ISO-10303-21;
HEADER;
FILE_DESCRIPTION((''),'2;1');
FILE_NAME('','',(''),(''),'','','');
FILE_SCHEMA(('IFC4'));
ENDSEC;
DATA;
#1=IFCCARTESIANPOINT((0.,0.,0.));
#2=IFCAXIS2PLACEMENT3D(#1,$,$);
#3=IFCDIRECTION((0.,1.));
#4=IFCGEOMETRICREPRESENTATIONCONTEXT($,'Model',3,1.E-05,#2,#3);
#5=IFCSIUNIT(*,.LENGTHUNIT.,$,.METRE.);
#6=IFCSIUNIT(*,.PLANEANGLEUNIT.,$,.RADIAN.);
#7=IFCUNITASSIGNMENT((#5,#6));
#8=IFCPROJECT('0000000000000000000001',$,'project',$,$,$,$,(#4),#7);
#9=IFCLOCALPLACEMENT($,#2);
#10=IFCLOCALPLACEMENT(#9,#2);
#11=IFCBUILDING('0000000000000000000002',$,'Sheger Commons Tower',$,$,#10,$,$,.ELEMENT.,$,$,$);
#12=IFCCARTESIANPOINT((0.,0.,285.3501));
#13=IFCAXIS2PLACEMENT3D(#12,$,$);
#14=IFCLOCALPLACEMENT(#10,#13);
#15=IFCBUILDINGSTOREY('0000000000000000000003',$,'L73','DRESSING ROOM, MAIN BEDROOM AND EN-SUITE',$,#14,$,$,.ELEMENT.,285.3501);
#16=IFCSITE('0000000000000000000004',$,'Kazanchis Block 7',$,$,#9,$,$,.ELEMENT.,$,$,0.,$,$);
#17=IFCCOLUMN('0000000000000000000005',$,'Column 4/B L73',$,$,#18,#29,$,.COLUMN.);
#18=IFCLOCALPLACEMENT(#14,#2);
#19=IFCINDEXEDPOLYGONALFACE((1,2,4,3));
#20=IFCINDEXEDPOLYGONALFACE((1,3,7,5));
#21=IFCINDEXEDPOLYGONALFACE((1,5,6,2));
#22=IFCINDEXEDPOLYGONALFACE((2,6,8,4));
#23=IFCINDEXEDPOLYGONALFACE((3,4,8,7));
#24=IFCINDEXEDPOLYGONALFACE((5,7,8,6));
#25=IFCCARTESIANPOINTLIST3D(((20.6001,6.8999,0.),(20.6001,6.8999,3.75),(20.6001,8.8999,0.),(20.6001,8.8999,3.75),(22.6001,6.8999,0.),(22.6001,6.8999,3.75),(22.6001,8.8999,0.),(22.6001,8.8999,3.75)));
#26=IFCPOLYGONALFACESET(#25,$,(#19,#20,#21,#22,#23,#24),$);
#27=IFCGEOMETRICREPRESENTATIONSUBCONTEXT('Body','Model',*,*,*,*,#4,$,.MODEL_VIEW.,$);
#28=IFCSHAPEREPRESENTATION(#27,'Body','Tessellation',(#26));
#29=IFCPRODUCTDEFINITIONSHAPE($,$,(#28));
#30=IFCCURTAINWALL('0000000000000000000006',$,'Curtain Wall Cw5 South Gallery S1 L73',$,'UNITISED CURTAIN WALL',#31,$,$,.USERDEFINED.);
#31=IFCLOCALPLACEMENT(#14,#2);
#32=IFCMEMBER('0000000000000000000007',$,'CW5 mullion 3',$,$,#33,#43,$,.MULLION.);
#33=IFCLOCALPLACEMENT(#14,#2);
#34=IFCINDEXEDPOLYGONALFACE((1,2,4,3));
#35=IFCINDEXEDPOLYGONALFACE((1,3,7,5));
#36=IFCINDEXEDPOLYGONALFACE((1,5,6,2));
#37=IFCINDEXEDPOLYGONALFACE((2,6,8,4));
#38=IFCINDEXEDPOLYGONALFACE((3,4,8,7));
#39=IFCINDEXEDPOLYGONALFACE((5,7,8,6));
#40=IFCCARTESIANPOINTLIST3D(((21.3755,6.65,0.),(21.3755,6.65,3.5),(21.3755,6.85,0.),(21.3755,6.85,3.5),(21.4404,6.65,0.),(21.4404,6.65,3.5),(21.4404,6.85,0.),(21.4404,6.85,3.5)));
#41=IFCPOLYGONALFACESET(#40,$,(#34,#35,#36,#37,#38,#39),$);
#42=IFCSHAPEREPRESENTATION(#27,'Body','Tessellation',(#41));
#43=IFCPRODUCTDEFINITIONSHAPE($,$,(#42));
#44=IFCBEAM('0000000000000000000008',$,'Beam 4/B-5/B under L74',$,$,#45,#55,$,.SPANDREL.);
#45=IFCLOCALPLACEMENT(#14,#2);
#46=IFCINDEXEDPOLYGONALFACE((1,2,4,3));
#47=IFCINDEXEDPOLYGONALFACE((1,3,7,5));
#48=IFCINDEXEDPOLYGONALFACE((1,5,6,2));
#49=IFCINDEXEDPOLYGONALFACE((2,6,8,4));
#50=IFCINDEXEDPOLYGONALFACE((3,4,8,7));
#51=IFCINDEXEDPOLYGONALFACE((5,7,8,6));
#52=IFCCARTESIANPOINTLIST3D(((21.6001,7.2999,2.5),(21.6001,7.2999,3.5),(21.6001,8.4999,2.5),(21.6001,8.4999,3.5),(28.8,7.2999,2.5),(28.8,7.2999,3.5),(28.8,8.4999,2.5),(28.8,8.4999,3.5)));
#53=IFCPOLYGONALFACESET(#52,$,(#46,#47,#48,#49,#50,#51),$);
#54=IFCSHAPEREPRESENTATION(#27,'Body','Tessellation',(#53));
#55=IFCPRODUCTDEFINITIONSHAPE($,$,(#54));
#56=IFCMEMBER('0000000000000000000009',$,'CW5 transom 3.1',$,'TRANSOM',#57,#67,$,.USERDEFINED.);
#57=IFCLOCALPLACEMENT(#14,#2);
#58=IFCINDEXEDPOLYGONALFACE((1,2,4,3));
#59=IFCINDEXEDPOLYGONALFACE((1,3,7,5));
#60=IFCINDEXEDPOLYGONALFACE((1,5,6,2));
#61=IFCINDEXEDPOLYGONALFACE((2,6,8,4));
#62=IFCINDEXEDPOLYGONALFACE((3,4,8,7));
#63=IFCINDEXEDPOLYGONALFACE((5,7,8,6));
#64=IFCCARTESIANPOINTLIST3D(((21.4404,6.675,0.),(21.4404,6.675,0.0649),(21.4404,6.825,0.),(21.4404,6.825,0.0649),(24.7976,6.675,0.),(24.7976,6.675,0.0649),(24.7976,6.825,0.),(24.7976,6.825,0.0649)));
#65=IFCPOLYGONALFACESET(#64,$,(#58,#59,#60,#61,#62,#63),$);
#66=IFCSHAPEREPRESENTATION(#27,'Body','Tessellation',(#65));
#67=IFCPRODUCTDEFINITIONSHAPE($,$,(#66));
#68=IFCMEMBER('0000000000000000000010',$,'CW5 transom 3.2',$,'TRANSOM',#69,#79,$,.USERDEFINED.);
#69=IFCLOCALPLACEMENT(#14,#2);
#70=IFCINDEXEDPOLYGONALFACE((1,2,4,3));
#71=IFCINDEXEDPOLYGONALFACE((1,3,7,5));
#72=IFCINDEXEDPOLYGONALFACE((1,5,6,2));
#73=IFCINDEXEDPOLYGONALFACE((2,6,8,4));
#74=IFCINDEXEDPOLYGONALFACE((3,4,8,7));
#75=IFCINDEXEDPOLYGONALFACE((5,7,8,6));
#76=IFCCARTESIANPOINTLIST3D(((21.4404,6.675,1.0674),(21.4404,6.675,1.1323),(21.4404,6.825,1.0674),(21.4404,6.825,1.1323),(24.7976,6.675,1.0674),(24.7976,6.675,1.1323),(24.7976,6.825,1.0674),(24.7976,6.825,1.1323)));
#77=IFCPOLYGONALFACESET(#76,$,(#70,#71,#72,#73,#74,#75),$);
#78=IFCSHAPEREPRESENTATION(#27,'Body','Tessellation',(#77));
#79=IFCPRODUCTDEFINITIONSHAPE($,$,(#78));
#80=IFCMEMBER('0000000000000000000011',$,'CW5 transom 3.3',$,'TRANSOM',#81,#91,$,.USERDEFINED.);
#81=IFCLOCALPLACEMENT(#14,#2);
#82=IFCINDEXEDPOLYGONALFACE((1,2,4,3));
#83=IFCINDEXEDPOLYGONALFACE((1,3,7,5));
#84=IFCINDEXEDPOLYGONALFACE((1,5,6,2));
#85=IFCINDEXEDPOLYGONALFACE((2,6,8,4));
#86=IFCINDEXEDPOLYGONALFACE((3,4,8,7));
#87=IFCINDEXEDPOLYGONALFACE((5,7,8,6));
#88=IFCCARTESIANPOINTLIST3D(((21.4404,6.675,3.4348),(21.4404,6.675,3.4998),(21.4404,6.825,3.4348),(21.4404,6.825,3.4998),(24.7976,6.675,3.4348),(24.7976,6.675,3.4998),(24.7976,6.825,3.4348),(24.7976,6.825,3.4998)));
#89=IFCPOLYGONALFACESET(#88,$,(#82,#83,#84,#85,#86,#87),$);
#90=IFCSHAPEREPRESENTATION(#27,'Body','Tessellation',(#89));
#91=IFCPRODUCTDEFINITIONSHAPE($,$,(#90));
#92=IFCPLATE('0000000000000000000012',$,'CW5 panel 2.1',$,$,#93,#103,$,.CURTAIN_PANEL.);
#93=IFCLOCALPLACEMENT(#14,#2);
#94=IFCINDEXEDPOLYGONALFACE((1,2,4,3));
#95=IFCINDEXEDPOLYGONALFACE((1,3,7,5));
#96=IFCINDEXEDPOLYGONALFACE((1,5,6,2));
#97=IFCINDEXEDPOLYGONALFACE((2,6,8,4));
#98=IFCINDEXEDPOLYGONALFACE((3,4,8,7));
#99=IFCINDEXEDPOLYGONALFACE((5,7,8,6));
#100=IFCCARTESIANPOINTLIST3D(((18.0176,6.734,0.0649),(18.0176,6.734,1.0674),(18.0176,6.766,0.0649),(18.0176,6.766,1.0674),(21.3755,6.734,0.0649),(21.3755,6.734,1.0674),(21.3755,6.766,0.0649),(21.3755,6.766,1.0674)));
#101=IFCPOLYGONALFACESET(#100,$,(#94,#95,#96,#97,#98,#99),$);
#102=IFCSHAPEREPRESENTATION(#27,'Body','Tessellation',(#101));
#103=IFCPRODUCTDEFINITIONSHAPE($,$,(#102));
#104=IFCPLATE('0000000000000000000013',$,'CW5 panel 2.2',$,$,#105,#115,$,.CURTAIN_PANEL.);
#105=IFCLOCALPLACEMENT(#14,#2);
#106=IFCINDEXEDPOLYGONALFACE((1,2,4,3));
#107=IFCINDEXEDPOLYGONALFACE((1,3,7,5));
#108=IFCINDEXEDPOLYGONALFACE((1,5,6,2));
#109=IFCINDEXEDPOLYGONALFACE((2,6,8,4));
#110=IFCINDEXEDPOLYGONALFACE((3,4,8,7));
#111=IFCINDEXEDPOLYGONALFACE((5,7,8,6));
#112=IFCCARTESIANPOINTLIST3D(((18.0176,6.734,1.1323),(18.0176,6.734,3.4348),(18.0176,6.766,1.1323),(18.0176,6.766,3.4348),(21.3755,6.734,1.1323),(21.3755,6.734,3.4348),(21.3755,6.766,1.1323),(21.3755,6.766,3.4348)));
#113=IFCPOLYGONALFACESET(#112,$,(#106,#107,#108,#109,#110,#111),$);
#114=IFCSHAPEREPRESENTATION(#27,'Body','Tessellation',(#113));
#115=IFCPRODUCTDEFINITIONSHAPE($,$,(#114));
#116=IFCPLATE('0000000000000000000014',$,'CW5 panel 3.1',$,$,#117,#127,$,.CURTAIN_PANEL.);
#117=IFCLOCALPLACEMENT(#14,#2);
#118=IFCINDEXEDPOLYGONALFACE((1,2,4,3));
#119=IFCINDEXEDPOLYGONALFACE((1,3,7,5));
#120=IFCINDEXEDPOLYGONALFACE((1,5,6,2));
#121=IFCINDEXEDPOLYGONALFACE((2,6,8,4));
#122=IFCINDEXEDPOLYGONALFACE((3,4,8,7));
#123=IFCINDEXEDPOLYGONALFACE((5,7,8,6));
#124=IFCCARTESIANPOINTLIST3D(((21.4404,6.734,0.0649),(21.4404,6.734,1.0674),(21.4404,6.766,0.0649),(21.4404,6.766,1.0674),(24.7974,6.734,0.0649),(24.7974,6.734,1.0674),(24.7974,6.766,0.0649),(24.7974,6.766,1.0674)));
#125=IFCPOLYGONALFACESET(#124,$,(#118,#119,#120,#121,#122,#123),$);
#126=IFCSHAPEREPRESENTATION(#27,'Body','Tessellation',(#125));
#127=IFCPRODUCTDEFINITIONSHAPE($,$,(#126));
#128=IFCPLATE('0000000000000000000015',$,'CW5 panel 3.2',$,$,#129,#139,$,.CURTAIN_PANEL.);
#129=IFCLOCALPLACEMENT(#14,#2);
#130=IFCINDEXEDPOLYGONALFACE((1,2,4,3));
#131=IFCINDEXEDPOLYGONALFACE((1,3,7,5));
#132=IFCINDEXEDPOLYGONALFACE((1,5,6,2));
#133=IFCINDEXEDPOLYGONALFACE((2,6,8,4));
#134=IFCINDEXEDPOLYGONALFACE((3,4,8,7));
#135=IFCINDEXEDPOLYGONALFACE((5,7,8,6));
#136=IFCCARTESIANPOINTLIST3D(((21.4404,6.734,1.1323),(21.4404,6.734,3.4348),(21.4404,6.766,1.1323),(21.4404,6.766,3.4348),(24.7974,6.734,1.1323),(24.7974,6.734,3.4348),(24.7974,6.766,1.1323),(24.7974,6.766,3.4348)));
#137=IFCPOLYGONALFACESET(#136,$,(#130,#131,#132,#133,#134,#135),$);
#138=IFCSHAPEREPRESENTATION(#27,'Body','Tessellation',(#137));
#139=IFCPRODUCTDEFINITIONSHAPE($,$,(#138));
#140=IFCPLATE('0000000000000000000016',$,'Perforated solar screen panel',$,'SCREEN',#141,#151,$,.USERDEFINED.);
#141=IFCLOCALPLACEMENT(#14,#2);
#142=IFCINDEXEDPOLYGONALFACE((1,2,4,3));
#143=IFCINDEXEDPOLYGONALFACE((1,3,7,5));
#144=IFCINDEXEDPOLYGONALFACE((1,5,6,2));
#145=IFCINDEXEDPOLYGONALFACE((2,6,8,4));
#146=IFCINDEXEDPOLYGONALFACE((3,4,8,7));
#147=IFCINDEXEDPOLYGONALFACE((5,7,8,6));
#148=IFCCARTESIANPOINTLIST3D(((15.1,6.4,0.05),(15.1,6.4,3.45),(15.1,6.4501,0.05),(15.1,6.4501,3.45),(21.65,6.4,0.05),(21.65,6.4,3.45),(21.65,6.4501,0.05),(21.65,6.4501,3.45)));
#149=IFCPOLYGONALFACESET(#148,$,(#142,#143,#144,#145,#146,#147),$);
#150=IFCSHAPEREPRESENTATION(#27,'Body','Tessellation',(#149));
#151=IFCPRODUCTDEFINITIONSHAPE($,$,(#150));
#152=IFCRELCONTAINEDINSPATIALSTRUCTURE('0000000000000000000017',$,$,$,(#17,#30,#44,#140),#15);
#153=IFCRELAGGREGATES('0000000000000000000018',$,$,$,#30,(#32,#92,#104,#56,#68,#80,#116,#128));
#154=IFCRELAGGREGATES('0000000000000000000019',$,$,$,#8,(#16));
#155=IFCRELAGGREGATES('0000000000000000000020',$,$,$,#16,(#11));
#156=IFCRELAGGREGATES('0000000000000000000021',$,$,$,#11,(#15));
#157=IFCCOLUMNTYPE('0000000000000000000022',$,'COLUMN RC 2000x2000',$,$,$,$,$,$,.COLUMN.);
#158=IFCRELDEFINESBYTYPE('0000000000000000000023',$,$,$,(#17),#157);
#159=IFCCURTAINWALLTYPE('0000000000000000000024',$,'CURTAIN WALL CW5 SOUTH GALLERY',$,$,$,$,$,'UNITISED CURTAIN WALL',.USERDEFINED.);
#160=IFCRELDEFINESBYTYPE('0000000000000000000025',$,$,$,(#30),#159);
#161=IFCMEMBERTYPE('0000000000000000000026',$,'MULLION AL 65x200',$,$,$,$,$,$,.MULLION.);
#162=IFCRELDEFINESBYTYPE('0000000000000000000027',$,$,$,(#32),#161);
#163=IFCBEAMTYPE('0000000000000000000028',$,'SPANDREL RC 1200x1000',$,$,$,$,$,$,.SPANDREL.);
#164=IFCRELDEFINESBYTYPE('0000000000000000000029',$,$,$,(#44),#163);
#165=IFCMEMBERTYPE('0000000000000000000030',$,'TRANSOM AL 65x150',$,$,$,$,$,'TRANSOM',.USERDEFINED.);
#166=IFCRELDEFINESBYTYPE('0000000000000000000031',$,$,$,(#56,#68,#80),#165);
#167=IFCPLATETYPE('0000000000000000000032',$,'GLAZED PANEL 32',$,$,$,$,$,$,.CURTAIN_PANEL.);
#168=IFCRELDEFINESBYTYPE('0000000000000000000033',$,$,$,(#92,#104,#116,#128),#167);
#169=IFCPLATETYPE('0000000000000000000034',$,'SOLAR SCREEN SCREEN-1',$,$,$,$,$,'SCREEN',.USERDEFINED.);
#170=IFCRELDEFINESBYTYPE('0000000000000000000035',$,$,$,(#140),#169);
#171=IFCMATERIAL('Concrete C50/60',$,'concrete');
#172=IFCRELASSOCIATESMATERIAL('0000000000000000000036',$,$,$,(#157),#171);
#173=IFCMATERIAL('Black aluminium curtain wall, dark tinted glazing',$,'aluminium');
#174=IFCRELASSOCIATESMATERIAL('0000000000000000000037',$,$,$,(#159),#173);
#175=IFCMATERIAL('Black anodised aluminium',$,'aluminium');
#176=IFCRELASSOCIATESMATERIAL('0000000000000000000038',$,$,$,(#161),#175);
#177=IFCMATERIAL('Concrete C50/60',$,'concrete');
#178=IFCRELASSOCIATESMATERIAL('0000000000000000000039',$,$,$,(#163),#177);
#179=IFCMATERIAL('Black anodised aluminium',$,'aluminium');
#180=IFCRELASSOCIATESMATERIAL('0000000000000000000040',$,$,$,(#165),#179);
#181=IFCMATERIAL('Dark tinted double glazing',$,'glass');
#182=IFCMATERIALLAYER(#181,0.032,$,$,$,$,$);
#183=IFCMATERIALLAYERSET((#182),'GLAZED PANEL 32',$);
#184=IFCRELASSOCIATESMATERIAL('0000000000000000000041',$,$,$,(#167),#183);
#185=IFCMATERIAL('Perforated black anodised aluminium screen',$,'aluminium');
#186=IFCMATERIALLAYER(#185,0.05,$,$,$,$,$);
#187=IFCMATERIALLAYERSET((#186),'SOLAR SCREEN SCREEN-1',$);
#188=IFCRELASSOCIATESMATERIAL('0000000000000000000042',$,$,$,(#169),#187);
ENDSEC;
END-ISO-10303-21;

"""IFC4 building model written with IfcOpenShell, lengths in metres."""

from ifc_helpers import new_model, si_unit, direction, frame, origin, origin_2d, place, context, subcontext, project, spatial, rectangle, extrude, material, layer, layer_set, material_profile, profile_set, type_object, element, aggregate, save


model = new_model("IFC4")

# Units and contexts
model_context = context("Model", 3, precision=1e-05, world=origin(), true_north=direction((0.0, 1.0)))
body_context = subcontext(model_context, "Body", "Model", "MODEL_VIEW")
ifc_project = project(units=[si_unit("LENGTHUNIT", "METRE"), si_unit("PLANEANGLEUNIT", "RADIAN")], contexts=[model_context])

# Site, building, storey
site_placement = place(None, origin())
site = spatial("IfcSite", under=ifc_project, at=site_placement, Name="Kazanchis Block 7", CompositionType="ELEMENT", RefElevation=0.0)
building_placement = place(site_placement, origin())
building = spatial("IfcBuilding", under=site, at=building_placement, Name="Sheger Commons Tower", CompositionType="ELEMENT")
storey_placement = place(building_placement, frame((0.0, 0.0, 285.3501)))
storey = spatial("IfcBuildingStorey", under=building, at=storey_placement, Name="L73", Description="DRESSING ROOM, MAIN BEDROOM AND EN-SUITE", CompositionType="ELEMENT", Elevation=285.3501)

# Column
ifc_material_1 = material(Name="Concrete C50/60", Category="concrete")
ifc_material_profile_1 = material_profile(ifc_material_1, rectangle(XDim=2.0, YDim=2.0, at=origin_2d()), Name="RC 2000x2000")
ifc_profile_set_1 = profile_set([ifc_material_profile_1], Name="Concrete C50/60")
column_type = type_object("IfcColumnType", Name="COLUMN RC 2000x2000", PredefinedType="COLUMN", material=ifc_profile_set_1)
column_placement = place(storey_placement, frame((21.6001, 7.8999, 0.0), z_axis=(0.0, 0.0, 1.0), x_axis=(1.0, 0.0, 0.0)))
element("IfcColumn", 1, at=column_placement, inside=storey, type_object=column_type, Name="Column 4/B L73", PredefinedType="COLUMN", context=body_context, shape_type="SweptSolid", body=[
    extrude(rectangle(XDim=2.0, YDim=2.0, at=origin_2d()), origin(), (0.0, 0.0, 1.0), 3.75),
])

# Curtain wall, member
ifc_material_2 = material(Name="Black aluminium curtain wall, dark tinted glazing", Category="aluminium")
curtain_wall_type = type_object("IfcCurtainWallType", Name="CURTAIN WALL CW5 SOUTH GALLERY", ElementType="UNITISED CURTAIN WALL", PredefinedType="USERDEFINED", material=ifc_material_2)
curtain_wall_placement = place(storey_placement, origin())
curtain_wall = element("IfcCurtainWall", 2, at=curtain_wall_placement, inside=storey, type_object=curtain_wall_type, Name="Curtain Wall Cw5 South Gallery S1 L73", ObjectType="UNITISED CURTAIN WALL", PredefinedType="USERDEFINED")
ifc_material_3 = material(Name="Black anodised aluminium", Category="aluminium")
ifc_material_profile_2 = material_profile(ifc_material_3, rectangle(XDim=0.2, YDim=0.0649, at=origin_2d()), Name="AL 65x200")
ifc_profile_set_2 = profile_set([ifc_material_profile_2], Name="Black anodised aluminium")
member_type_1 = type_object("IfcMemberType", Name="MULLION AL 65x200", PredefinedType="MULLION", material=ifc_profile_set_2)
member_1_placement = place(storey_placement, frame((21.408, 6.75, 0.0), z_axis=(0.0, 0.0, 1.0), x_axis=(0.0, 1.0, 0.0)))
member_1 = element("IfcMember", 3, at=member_1_placement, type_object=member_type_1, Name="CW5 mullion 3", PredefinedType="MULLION", context=body_context, shape_type="SweptSolid", body=[
    extrude(rectangle(XDim=0.2, YDim=0.0649, at=origin_2d()), origin(), (0.0, 0.0, 1.0), 3.5),
])

# Beam
ifc_material_4 = material(Name="Concrete C50/60", Category="concrete")
ifc_material_profile_3 = material_profile(ifc_material_4, rectangle(XDim=1.2, YDim=1.0, at=origin_2d()), Name="RC 1200x1000")
ifc_profile_set_3 = profile_set([ifc_material_profile_3], Name="Concrete C50/60")
beam_type = type_object("IfcBeamType", Name="SPANDREL RC 1200x1000", PredefinedType="SPANDREL", material=ifc_profile_set_3)
beam_placement = place(storey_placement, frame((21.6001, 7.8999, 3.0), z_axis=(1.0, 0.0, 0.0), x_axis=(0.0, 1.0, 0.0)))
element("IfcBeam", 4, at=beam_placement, inside=storey, type_object=beam_type, Name="Beam 4/B-5/B under L74", PredefinedType="SPANDREL", context=body_context, shape_type="SweptSolid", body=[
    extrude(rectangle(XDim=1.2, YDim=1.0, at=origin_2d()), origin(), (0.0, 0.0, 1.0), 7.2),
])

# Members
ifc_material_5 = material(Name="Black anodised aluminium", Category="aluminium")
ifc_material_profile_4 = material_profile(ifc_material_5, rectangle(XDim=0.1499, YDim=0.0649, at=origin_2d()), Name="AL 65x150")
ifc_profile_set_4 = profile_set([ifc_material_profile_4], Name="Black anodised aluminium")
member_type_2 = type_object("IfcMemberType", Name="TRANSOM AL 65x150", ElementType="TRANSOM", PredefinedType="USERDEFINED", material=ifc_profile_set_4)
member_2_placement = place(storey_placement, frame((21.4404, 6.75, 0.0325), z_axis=(1.0, 0.0, 0.0), x_axis=(0.0, 1.0, 0.0)))
member_2 = element("IfcMember", 5, at=member_2_placement, type_object=member_type_2, Name="CW5 transom 3.1", ObjectType="TRANSOM", PredefinedType="USERDEFINED", context=body_context, shape_type="SweptSolid", body=[
    extrude(rectangle(XDim=0.1499, YDim=0.0649, at=origin_2d()), origin(), (0.0, 0.0, 1.0), 3.3572),
])
member_3_placement = place(storey_placement, frame((21.4404, 6.75, 1.0999), z_axis=(1.0, 0.0, 0.0), x_axis=(0.0, 1.0, 0.0)))
member_3 = element("IfcMember", 6, at=member_3_placement, type_object=member_type_2, Name="CW5 transom 3.2", ObjectType="TRANSOM", PredefinedType="USERDEFINED", context=body_context, shape_type="SweptSolid", body=[
    extrude(rectangle(XDim=0.1499, YDim=0.0649, at=origin_2d()), origin(), (0.0, 0.0, 1.0), 3.3572),
])
member_4_placement = place(storey_placement, frame((21.4404, 6.75, 3.4673), z_axis=(1.0, 0.0, 0.0), x_axis=(0.0, 1.0, 0.0)))
member_4 = element("IfcMember", 7, at=member_4_placement, type_object=member_type_2, Name="CW5 transom 3.3", ObjectType="TRANSOM", PredefinedType="USERDEFINED", context=body_context, shape_type="SweptSolid", body=[
    extrude(rectangle(XDim=0.1499, YDim=0.0649, at=origin_2d()), origin(), (0.0, 0.0, 1.0), 3.3572),
])

# Plates
ifc_material_6 = material(Name="Dark tinted double glazing", Category="glass")
ifc_layer_1 = layer(ifc_material_6, 0.032)
ifc_layer_set_1 = layer_set([ifc_layer_1], Name="GLAZED PANEL 32")
plate_type_1 = type_object("IfcPlateType", Name="GLAZED PANEL 32", PredefinedType="CURTAIN_PANEL", material=ifc_layer_set_1)
plate_1_placement = place(storey_placement, frame((19.6965, 6.75, 0.0649), z_axis=(0.0, 0.0, 1.0), x_axis=(1.0, 0.0, 0.0)))
plate_1 = element("IfcPlate", 8, at=plate_1_placement, type_object=plate_type_1, Name="CW5 panel 2.1", PredefinedType="CURTAIN_PANEL", context=body_context, shape_type="SweptSolid", body=[
    extrude(rectangle(XDim=3.3579, YDim=0.032, at=origin_2d()), origin(), (0.0, 0.0, 1.0), 1.0024),
])
plate_2_placement = place(storey_placement, frame((19.6965, 6.75, 1.1323), z_axis=(0.0, 0.0, 1.0), x_axis=(1.0, 0.0, 0.0)))
plate_2 = element("IfcPlate", 9, at=plate_2_placement, type_object=plate_type_1, Name="CW5 panel 2.2", PredefinedType="CURTAIN_PANEL", context=body_context, shape_type="SweptSolid", body=[
    extrude(rectangle(XDim=3.3579, YDim=0.032, at=origin_2d()), origin(), (0.0, 0.0, 1.0), 2.3025),
])
plate_3_placement = place(storey_placement, frame((23.1189, 6.75, 0.0649), z_axis=(0.0, 0.0, 1.0), x_axis=(1.0, 0.0, 0.0)))
plate_3 = element("IfcPlate", 10, at=plate_3_placement, type_object=plate_type_1, Name="CW5 panel 3.1", PredefinedType="CURTAIN_PANEL", context=body_context, shape_type="SweptSolid", body=[
    extrude(rectangle(XDim=3.3569, YDim=0.032, at=origin_2d()), origin(), (0.0, 0.0, 1.0), 1.0024),
])
plate_4_placement = place(storey_placement, frame((23.1189, 6.75, 1.1323), z_axis=(0.0, 0.0, 1.0), x_axis=(1.0, 0.0, 0.0)))
plate_4 = element("IfcPlate", 11, at=plate_4_placement, type_object=plate_type_1, Name="CW5 panel 3.2", PredefinedType="CURTAIN_PANEL", context=body_context, shape_type="SweptSolid", body=[
    extrude(rectangle(XDim=3.3569, YDim=0.032, at=origin_2d()), origin(), (0.0, 0.0, 1.0), 2.3025),
])
aggregate(curtain_wall, [member_1, plate_1, plate_2, member_2, member_3, member_4, plate_3, plate_4])
ifc_material_7 = material(Name="Perforated black anodised aluminium screen", Category="aluminium")
ifc_layer_2 = layer(ifc_material_7, 0.05)
ifc_layer_set_2 = layer_set([ifc_layer_2], Name="SOLAR SCREEN SCREEN-1")
plate_type_2 = type_object("IfcPlateType", Name="SOLAR SCREEN SCREEN-1", ElementType="SCREEN", PredefinedType="USERDEFINED", material=ifc_layer_set_2)
plate_5_placement = place(storey_placement, frame((18.375, 6.425, 0.05), z_axis=(0.0, 0.0, 1.0), x_axis=(1.0, 0.0, 0.0)))
element("IfcPlate", 12, at=plate_5_placement, inside=storey, type_object=plate_type_2, Name="Perforated solar screen panel", ObjectType="SCREEN", PredefinedType="USERDEFINED", context=body_context, shape_type="SweptSolid", body=[
    extrude(rectangle(XDim=6.55, YDim=0.05, at=origin_2d()), origin(), (0.0, 0.0, 1.0), 3.3999),
])

save(model, "model.ifc")
